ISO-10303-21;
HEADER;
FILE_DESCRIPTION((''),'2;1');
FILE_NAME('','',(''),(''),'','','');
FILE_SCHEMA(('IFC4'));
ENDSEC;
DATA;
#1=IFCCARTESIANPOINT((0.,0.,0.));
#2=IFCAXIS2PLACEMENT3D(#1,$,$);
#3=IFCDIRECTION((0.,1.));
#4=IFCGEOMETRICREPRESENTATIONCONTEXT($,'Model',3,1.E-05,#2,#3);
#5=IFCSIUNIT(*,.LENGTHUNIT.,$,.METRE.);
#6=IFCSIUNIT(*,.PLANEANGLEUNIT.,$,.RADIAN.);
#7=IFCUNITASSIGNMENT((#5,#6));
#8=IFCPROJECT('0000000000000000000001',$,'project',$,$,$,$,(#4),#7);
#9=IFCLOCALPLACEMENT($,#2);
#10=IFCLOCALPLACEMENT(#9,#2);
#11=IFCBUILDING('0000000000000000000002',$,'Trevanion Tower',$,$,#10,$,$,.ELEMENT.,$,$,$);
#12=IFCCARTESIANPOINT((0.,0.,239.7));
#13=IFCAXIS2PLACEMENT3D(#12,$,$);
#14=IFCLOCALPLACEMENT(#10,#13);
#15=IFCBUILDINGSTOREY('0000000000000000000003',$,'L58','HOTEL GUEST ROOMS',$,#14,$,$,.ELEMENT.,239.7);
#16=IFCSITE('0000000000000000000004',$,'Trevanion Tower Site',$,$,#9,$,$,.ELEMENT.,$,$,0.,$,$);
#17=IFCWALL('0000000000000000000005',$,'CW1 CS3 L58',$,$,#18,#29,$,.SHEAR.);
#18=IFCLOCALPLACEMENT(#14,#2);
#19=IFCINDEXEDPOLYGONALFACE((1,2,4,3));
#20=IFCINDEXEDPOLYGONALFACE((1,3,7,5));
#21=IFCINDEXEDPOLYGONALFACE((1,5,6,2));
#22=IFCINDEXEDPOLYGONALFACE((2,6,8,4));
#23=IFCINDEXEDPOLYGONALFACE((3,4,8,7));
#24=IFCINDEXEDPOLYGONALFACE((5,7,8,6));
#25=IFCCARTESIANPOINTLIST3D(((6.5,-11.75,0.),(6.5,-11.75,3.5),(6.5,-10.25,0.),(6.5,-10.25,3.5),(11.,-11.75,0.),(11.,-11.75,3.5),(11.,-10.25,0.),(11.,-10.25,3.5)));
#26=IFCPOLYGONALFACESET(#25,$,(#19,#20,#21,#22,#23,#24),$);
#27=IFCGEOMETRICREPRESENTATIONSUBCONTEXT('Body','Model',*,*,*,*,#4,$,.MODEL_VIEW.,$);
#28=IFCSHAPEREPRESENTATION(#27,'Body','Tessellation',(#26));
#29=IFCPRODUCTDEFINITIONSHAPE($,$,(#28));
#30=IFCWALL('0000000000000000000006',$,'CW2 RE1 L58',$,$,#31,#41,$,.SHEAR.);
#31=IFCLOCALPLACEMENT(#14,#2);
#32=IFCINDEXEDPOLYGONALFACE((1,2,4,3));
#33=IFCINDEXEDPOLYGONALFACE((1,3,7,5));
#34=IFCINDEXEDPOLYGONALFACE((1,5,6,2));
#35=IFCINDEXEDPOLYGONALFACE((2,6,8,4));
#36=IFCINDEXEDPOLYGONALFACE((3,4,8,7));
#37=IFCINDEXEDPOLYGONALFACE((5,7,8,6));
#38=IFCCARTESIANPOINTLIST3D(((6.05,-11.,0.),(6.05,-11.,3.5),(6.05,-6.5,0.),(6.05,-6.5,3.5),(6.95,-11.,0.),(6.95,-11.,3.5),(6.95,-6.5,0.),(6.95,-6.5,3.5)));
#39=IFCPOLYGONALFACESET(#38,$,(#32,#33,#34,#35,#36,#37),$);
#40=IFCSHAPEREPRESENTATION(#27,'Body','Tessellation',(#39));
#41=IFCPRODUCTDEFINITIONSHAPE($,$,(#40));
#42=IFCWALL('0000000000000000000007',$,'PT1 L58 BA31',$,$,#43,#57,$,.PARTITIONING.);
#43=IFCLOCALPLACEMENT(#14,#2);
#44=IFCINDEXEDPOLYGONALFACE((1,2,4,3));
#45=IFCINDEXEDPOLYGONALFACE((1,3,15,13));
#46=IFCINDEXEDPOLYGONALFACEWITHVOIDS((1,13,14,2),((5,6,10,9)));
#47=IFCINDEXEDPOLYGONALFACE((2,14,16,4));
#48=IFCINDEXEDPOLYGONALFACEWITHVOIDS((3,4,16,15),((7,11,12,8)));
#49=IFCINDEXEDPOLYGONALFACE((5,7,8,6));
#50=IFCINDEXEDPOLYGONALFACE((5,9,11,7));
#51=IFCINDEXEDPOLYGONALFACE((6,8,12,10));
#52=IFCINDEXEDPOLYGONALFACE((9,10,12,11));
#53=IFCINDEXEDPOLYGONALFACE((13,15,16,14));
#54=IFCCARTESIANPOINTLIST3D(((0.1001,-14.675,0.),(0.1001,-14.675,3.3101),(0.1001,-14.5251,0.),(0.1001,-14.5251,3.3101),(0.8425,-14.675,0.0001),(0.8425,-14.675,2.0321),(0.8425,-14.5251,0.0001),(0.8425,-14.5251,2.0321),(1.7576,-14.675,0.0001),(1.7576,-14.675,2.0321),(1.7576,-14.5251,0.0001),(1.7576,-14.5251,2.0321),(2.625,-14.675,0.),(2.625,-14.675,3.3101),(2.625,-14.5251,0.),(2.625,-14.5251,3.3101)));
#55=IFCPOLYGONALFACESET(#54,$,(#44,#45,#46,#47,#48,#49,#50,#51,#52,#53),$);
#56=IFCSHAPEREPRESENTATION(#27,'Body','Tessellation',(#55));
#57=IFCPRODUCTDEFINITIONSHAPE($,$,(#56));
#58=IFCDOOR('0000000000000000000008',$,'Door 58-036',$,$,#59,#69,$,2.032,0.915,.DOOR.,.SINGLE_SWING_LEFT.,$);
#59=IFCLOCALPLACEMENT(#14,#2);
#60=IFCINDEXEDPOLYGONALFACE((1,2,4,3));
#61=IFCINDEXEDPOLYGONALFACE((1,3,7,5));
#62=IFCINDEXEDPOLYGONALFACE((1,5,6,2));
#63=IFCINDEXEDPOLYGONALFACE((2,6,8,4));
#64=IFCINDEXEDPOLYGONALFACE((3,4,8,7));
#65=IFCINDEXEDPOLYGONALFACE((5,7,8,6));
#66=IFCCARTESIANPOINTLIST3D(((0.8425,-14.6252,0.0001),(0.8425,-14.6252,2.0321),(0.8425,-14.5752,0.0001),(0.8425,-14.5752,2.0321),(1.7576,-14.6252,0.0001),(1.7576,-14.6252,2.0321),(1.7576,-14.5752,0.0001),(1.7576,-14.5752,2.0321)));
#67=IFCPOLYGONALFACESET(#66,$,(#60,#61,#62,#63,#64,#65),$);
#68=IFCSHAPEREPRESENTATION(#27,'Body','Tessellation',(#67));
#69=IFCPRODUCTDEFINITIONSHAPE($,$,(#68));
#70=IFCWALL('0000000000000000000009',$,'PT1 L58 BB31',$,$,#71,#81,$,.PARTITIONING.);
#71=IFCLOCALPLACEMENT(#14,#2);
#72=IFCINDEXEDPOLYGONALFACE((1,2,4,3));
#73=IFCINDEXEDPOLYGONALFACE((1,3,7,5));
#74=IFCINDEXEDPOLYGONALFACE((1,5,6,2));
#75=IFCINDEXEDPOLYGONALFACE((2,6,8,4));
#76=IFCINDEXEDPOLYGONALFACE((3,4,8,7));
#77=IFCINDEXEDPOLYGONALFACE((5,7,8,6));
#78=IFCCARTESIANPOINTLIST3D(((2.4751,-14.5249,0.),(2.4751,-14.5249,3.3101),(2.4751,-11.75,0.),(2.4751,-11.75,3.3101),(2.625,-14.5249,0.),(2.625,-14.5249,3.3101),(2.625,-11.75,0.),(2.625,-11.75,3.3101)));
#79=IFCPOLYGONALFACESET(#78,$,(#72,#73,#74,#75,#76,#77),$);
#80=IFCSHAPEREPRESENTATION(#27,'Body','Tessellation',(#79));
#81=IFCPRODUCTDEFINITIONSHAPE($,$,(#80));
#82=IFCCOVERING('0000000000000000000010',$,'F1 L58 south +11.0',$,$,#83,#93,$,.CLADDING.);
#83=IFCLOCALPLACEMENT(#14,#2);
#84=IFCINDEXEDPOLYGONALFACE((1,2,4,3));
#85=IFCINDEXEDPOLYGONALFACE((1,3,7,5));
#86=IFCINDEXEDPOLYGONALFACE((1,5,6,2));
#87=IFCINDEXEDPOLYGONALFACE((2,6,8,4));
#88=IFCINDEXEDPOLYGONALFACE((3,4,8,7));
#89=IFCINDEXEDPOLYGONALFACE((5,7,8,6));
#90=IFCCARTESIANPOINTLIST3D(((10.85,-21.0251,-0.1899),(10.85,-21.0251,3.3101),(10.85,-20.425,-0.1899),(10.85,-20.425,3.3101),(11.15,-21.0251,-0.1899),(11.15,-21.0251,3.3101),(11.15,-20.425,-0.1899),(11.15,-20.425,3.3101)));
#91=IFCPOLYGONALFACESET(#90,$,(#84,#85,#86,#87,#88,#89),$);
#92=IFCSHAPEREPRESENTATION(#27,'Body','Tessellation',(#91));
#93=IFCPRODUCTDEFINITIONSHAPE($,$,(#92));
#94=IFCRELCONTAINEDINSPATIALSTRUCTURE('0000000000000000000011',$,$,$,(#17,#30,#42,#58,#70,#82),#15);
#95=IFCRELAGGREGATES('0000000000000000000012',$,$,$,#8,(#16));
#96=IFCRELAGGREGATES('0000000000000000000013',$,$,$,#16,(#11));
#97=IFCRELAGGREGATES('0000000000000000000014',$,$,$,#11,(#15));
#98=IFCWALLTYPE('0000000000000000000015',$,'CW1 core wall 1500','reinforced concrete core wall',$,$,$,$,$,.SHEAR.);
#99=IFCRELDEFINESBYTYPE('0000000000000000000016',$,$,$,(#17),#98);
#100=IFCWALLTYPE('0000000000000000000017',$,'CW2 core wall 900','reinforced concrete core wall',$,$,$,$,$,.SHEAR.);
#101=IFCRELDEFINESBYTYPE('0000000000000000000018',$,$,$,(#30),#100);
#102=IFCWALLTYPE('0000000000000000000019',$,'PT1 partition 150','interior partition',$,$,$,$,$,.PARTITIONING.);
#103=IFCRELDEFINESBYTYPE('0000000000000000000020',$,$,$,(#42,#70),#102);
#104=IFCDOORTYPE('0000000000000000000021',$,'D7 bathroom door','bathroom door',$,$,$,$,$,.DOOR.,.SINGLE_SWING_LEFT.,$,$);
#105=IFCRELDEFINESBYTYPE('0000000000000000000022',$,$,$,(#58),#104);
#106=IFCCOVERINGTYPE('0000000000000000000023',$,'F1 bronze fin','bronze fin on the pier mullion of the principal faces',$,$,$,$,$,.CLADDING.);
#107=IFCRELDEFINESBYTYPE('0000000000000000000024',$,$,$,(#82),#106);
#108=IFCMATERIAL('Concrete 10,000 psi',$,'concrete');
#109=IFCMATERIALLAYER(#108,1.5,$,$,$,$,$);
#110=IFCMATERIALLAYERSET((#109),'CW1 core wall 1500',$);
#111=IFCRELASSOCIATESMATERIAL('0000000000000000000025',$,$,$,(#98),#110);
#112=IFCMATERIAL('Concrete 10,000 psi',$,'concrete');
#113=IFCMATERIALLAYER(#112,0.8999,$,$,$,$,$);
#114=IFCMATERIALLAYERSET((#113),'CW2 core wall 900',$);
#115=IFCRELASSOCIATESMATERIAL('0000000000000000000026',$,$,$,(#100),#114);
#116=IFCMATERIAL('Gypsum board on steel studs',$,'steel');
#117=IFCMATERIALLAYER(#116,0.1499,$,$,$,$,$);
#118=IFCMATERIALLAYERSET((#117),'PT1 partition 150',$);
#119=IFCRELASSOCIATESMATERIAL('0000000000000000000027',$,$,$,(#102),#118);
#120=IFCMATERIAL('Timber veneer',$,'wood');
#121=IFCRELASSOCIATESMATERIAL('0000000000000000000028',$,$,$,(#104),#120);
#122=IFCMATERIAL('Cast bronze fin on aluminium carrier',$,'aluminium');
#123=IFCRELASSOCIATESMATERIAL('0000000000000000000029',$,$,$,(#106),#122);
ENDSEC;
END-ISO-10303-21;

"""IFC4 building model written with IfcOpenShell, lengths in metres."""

from ifc_helpers import new_model, si_unit, direction, frame, frame_2d, origin, origin_2d, place, context, subcontext, project, spatial, rectangle, extrude, material, layer, layer_set, type_object, element, fill, save


model = new_model("IFC4")

# Units and contexts
model_context = context("Model", 3, precision=1e-05, world=origin(), true_north=direction((0.0, 1.0)))
body_context = subcontext(model_context, "Body", "Model", "MODEL_VIEW")
ifc_project = project(units=[si_unit("LENGTHUNIT", "METRE"), si_unit("PLANEANGLEUNIT", "RADIAN")], contexts=[model_context])

# Site, building, storey
site_placement = place(None, origin())
site = spatial("IfcSite", under=ifc_project, at=site_placement, Name="Trevanion Tower Site", CompositionType="ELEMENT", RefElevation=0.0)
building_placement = place(site_placement, origin())
building = spatial("IfcBuilding", under=site, at=building_placement, Name="Trevanion Tower", CompositionType="ELEMENT")
storey_placement = place(building_placement, frame((0.0, 0.0, 239.7)))
storey = spatial("IfcBuildingStorey", under=building, at=storey_placement, Name="L58", Description="HOTEL GUEST ROOMS", CompositionType="ELEMENT", Elevation=239.7)

# Walls
ifc_material_1 = material(Name="Concrete 10,000 psi", Category="concrete")
ifc_layer_1 = layer(ifc_material_1, 1.5)
ifc_layer_set_1 = layer_set([ifc_layer_1], Name="CW1 core wall 1500")
wall_type_1 = type_object("IfcWallType", Name="CW1 core wall 1500", Description="reinforced concrete core wall", PredefinedType="SHEAR", material=ifc_layer_set_1)
wall_1_placement = place(storey_placement, frame((6.5, -11.0, 0.0), z_axis=(0.0, 0.0, 1.0), x_axis=(1.0, 0.0, 0.0)))
element("IfcWall", 1, at=wall_1_placement, inside=storey, type_object=wall_type_1, Name="CW1 CS3 L58", PredefinedType="SHEAR", context=body_context, shape_type="SweptSolid", body=[
    extrude(rectangle(XDim=4.5, YDim=1.5, at=frame_2d((2.25, 0.0))), origin(), (0.0, 0.0, 1.0), 3.5),
])
ifc_material_2 = material(Name="Concrete 10,000 psi", Category="concrete")
ifc_layer_2 = layer(ifc_material_2, 0.8999)
ifc_layer_set_2 = layer_set([ifc_layer_2], Name="CW2 core wall 900")
wall_type_2 = type_object("IfcWallType", Name="CW2 core wall 900", Description="reinforced concrete core wall", PredefinedType="SHEAR", material=ifc_layer_set_2)
wall_2_placement = place(storey_placement, frame((6.5, -11.0, 0.0), z_axis=(0.0, 0.0, 1.0), x_axis=(0.0, 1.0, 0.0)))
element("IfcWall", 2, at=wall_2_placement, inside=storey, type_object=wall_type_2, Name="CW2 RE1 L58", PredefinedType="SHEAR", context=body_context, shape_type="SweptSolid", body=[
    extrude(rectangle(XDim=4.5, YDim=0.8999, at=frame_2d((2.25, 0.0))), origin(), (0.0, 0.0, 1.0), 3.5),
])

# Wall, opening, door
ifc_material_3 = material(Name="Gypsum board on steel studs", Category="steel")
ifc_layer_3 = layer(ifc_material_3, 0.1499)
ifc_layer_set_3 = layer_set([ifc_layer_3], Name="PT1 partition 150")
wall_type_3 = type_object("IfcWallType", Name="PT1 partition 150", Description="interior partition", PredefinedType="PARTITIONING", material=ifc_layer_set_3)
wall_3_placement = place(storey_placement, frame((0.1001, -14.6001, 0.0), z_axis=(0.0, 0.0, 1.0), x_axis=(1.0, 0.0, 0.0)))
wall_3 = element("IfcWall", 3, at=wall_3_placement, inside=storey, type_object=wall_type_3, Name="PT1 L58 BA31", PredefinedType="PARTITIONING", context=body_context, shape_type="SweptSolid", body=[
    extrude(rectangle(XDim=2.5249, YDim=0.1499, at=frame_2d((1.2625, 0.0))), origin(), (0.0, 0.0, 1.0), 3.3101),
])
opening_placement = place(wall_3_placement, frame((0.7424, 0.0, 0.0)))
opening = element("IfcOpeningElement", 4, at=opening_placement, cuts=wall_3, PredefinedType="OPENING", context=body_context, shape_type="SweptSolid", body=[
    extrude(rectangle(XDim=0.915, YDim=2.032, at=frame_2d((0.4575, 1.0161))), frame((0.0, 0.085, 0.0), z_axis=(0.0, -1.0, 0.0), x_axis=(1.0, 0.0, 0.0)), (0.0, 0.0, 1.0), 0.1699),
])
ifc_material_4 = material(Name="Timber veneer", Category="wood")
door_type = type_object("IfcDoorType", Name="D7 bathroom door", Description="bathroom door", OperationType="SINGLE_SWING_LEFT", PredefinedType="DOOR", material=ifc_material_4)
door_placement = place(opening_placement, origin())
door = element("IfcDoor", 5, at=door_placement, inside=storey, type_object=door_type, Name="Door 58-036", OperationType="SINGLE_SWING_LEFT", OverallHeight=2.032, OverallWidth=0.915, PredefinedType="DOOR", context=body_context, shape_type="SweptSolid", body=[
    extrude(rectangle(XDim=0.915, YDim=2.032, at=frame_2d((0.4575, 1.0161))), frame((0.0, 0.0249, 0.0), z_axis=(0.0, -1.0, 0.0), x_axis=(1.0, 0.0, 0.0)), (0.0, 0.0, 1.0), 0.05),
])
fill(opening, door)

# Wall
wall_4_placement = place(storey_placement, frame((2.55, -11.75, 0.0), z_axis=(0.0, 0.0, 1.0), x_axis=(0.0, -1.0, 0.0)))
element("IfcWall", 6, at=wall_4_placement, inside=storey, type_object=wall_type_3, Name="PT1 L58 BB31", PredefinedType="PARTITIONING", context=body_context, shape_type="SweptSolid", body=[
    extrude(rectangle(XDim=2.7749, YDim=0.1499, at=frame_2d((1.3875, 0.0))), origin(), (0.0, 0.0, 1.0), 3.3101),
])

# Covering
ifc_material_5 = material(Name="Cast bronze fin on aluminium carrier", Category="aluminium")
covering_type = type_object("IfcCoveringType", Name="F1 bronze fin", Description="bronze fin on the pier mullion of the principal faces", PredefinedType="CLADDING", material=ifc_material_5)
covering_placement = place(storey_placement, frame((11.0, -20.7251, -0.1899), z_axis=(0.0, 0.0, 1.0), x_axis=(1.0, 0.0, 0.0)))
element("IfcCovering", 7, at=covering_placement, inside=storey, type_object=covering_type, Name="F1 L58 south +11.0", PredefinedType="CLADDING", context=body_context, shape_type="SweptSolid", body=[
    extrude(rectangle(XDim=0.3, YDim=0.6001, at=origin_2d()), origin(), (0.0, 0.0, 1.0), 3.5),
])

save(model, "model.ifc")
